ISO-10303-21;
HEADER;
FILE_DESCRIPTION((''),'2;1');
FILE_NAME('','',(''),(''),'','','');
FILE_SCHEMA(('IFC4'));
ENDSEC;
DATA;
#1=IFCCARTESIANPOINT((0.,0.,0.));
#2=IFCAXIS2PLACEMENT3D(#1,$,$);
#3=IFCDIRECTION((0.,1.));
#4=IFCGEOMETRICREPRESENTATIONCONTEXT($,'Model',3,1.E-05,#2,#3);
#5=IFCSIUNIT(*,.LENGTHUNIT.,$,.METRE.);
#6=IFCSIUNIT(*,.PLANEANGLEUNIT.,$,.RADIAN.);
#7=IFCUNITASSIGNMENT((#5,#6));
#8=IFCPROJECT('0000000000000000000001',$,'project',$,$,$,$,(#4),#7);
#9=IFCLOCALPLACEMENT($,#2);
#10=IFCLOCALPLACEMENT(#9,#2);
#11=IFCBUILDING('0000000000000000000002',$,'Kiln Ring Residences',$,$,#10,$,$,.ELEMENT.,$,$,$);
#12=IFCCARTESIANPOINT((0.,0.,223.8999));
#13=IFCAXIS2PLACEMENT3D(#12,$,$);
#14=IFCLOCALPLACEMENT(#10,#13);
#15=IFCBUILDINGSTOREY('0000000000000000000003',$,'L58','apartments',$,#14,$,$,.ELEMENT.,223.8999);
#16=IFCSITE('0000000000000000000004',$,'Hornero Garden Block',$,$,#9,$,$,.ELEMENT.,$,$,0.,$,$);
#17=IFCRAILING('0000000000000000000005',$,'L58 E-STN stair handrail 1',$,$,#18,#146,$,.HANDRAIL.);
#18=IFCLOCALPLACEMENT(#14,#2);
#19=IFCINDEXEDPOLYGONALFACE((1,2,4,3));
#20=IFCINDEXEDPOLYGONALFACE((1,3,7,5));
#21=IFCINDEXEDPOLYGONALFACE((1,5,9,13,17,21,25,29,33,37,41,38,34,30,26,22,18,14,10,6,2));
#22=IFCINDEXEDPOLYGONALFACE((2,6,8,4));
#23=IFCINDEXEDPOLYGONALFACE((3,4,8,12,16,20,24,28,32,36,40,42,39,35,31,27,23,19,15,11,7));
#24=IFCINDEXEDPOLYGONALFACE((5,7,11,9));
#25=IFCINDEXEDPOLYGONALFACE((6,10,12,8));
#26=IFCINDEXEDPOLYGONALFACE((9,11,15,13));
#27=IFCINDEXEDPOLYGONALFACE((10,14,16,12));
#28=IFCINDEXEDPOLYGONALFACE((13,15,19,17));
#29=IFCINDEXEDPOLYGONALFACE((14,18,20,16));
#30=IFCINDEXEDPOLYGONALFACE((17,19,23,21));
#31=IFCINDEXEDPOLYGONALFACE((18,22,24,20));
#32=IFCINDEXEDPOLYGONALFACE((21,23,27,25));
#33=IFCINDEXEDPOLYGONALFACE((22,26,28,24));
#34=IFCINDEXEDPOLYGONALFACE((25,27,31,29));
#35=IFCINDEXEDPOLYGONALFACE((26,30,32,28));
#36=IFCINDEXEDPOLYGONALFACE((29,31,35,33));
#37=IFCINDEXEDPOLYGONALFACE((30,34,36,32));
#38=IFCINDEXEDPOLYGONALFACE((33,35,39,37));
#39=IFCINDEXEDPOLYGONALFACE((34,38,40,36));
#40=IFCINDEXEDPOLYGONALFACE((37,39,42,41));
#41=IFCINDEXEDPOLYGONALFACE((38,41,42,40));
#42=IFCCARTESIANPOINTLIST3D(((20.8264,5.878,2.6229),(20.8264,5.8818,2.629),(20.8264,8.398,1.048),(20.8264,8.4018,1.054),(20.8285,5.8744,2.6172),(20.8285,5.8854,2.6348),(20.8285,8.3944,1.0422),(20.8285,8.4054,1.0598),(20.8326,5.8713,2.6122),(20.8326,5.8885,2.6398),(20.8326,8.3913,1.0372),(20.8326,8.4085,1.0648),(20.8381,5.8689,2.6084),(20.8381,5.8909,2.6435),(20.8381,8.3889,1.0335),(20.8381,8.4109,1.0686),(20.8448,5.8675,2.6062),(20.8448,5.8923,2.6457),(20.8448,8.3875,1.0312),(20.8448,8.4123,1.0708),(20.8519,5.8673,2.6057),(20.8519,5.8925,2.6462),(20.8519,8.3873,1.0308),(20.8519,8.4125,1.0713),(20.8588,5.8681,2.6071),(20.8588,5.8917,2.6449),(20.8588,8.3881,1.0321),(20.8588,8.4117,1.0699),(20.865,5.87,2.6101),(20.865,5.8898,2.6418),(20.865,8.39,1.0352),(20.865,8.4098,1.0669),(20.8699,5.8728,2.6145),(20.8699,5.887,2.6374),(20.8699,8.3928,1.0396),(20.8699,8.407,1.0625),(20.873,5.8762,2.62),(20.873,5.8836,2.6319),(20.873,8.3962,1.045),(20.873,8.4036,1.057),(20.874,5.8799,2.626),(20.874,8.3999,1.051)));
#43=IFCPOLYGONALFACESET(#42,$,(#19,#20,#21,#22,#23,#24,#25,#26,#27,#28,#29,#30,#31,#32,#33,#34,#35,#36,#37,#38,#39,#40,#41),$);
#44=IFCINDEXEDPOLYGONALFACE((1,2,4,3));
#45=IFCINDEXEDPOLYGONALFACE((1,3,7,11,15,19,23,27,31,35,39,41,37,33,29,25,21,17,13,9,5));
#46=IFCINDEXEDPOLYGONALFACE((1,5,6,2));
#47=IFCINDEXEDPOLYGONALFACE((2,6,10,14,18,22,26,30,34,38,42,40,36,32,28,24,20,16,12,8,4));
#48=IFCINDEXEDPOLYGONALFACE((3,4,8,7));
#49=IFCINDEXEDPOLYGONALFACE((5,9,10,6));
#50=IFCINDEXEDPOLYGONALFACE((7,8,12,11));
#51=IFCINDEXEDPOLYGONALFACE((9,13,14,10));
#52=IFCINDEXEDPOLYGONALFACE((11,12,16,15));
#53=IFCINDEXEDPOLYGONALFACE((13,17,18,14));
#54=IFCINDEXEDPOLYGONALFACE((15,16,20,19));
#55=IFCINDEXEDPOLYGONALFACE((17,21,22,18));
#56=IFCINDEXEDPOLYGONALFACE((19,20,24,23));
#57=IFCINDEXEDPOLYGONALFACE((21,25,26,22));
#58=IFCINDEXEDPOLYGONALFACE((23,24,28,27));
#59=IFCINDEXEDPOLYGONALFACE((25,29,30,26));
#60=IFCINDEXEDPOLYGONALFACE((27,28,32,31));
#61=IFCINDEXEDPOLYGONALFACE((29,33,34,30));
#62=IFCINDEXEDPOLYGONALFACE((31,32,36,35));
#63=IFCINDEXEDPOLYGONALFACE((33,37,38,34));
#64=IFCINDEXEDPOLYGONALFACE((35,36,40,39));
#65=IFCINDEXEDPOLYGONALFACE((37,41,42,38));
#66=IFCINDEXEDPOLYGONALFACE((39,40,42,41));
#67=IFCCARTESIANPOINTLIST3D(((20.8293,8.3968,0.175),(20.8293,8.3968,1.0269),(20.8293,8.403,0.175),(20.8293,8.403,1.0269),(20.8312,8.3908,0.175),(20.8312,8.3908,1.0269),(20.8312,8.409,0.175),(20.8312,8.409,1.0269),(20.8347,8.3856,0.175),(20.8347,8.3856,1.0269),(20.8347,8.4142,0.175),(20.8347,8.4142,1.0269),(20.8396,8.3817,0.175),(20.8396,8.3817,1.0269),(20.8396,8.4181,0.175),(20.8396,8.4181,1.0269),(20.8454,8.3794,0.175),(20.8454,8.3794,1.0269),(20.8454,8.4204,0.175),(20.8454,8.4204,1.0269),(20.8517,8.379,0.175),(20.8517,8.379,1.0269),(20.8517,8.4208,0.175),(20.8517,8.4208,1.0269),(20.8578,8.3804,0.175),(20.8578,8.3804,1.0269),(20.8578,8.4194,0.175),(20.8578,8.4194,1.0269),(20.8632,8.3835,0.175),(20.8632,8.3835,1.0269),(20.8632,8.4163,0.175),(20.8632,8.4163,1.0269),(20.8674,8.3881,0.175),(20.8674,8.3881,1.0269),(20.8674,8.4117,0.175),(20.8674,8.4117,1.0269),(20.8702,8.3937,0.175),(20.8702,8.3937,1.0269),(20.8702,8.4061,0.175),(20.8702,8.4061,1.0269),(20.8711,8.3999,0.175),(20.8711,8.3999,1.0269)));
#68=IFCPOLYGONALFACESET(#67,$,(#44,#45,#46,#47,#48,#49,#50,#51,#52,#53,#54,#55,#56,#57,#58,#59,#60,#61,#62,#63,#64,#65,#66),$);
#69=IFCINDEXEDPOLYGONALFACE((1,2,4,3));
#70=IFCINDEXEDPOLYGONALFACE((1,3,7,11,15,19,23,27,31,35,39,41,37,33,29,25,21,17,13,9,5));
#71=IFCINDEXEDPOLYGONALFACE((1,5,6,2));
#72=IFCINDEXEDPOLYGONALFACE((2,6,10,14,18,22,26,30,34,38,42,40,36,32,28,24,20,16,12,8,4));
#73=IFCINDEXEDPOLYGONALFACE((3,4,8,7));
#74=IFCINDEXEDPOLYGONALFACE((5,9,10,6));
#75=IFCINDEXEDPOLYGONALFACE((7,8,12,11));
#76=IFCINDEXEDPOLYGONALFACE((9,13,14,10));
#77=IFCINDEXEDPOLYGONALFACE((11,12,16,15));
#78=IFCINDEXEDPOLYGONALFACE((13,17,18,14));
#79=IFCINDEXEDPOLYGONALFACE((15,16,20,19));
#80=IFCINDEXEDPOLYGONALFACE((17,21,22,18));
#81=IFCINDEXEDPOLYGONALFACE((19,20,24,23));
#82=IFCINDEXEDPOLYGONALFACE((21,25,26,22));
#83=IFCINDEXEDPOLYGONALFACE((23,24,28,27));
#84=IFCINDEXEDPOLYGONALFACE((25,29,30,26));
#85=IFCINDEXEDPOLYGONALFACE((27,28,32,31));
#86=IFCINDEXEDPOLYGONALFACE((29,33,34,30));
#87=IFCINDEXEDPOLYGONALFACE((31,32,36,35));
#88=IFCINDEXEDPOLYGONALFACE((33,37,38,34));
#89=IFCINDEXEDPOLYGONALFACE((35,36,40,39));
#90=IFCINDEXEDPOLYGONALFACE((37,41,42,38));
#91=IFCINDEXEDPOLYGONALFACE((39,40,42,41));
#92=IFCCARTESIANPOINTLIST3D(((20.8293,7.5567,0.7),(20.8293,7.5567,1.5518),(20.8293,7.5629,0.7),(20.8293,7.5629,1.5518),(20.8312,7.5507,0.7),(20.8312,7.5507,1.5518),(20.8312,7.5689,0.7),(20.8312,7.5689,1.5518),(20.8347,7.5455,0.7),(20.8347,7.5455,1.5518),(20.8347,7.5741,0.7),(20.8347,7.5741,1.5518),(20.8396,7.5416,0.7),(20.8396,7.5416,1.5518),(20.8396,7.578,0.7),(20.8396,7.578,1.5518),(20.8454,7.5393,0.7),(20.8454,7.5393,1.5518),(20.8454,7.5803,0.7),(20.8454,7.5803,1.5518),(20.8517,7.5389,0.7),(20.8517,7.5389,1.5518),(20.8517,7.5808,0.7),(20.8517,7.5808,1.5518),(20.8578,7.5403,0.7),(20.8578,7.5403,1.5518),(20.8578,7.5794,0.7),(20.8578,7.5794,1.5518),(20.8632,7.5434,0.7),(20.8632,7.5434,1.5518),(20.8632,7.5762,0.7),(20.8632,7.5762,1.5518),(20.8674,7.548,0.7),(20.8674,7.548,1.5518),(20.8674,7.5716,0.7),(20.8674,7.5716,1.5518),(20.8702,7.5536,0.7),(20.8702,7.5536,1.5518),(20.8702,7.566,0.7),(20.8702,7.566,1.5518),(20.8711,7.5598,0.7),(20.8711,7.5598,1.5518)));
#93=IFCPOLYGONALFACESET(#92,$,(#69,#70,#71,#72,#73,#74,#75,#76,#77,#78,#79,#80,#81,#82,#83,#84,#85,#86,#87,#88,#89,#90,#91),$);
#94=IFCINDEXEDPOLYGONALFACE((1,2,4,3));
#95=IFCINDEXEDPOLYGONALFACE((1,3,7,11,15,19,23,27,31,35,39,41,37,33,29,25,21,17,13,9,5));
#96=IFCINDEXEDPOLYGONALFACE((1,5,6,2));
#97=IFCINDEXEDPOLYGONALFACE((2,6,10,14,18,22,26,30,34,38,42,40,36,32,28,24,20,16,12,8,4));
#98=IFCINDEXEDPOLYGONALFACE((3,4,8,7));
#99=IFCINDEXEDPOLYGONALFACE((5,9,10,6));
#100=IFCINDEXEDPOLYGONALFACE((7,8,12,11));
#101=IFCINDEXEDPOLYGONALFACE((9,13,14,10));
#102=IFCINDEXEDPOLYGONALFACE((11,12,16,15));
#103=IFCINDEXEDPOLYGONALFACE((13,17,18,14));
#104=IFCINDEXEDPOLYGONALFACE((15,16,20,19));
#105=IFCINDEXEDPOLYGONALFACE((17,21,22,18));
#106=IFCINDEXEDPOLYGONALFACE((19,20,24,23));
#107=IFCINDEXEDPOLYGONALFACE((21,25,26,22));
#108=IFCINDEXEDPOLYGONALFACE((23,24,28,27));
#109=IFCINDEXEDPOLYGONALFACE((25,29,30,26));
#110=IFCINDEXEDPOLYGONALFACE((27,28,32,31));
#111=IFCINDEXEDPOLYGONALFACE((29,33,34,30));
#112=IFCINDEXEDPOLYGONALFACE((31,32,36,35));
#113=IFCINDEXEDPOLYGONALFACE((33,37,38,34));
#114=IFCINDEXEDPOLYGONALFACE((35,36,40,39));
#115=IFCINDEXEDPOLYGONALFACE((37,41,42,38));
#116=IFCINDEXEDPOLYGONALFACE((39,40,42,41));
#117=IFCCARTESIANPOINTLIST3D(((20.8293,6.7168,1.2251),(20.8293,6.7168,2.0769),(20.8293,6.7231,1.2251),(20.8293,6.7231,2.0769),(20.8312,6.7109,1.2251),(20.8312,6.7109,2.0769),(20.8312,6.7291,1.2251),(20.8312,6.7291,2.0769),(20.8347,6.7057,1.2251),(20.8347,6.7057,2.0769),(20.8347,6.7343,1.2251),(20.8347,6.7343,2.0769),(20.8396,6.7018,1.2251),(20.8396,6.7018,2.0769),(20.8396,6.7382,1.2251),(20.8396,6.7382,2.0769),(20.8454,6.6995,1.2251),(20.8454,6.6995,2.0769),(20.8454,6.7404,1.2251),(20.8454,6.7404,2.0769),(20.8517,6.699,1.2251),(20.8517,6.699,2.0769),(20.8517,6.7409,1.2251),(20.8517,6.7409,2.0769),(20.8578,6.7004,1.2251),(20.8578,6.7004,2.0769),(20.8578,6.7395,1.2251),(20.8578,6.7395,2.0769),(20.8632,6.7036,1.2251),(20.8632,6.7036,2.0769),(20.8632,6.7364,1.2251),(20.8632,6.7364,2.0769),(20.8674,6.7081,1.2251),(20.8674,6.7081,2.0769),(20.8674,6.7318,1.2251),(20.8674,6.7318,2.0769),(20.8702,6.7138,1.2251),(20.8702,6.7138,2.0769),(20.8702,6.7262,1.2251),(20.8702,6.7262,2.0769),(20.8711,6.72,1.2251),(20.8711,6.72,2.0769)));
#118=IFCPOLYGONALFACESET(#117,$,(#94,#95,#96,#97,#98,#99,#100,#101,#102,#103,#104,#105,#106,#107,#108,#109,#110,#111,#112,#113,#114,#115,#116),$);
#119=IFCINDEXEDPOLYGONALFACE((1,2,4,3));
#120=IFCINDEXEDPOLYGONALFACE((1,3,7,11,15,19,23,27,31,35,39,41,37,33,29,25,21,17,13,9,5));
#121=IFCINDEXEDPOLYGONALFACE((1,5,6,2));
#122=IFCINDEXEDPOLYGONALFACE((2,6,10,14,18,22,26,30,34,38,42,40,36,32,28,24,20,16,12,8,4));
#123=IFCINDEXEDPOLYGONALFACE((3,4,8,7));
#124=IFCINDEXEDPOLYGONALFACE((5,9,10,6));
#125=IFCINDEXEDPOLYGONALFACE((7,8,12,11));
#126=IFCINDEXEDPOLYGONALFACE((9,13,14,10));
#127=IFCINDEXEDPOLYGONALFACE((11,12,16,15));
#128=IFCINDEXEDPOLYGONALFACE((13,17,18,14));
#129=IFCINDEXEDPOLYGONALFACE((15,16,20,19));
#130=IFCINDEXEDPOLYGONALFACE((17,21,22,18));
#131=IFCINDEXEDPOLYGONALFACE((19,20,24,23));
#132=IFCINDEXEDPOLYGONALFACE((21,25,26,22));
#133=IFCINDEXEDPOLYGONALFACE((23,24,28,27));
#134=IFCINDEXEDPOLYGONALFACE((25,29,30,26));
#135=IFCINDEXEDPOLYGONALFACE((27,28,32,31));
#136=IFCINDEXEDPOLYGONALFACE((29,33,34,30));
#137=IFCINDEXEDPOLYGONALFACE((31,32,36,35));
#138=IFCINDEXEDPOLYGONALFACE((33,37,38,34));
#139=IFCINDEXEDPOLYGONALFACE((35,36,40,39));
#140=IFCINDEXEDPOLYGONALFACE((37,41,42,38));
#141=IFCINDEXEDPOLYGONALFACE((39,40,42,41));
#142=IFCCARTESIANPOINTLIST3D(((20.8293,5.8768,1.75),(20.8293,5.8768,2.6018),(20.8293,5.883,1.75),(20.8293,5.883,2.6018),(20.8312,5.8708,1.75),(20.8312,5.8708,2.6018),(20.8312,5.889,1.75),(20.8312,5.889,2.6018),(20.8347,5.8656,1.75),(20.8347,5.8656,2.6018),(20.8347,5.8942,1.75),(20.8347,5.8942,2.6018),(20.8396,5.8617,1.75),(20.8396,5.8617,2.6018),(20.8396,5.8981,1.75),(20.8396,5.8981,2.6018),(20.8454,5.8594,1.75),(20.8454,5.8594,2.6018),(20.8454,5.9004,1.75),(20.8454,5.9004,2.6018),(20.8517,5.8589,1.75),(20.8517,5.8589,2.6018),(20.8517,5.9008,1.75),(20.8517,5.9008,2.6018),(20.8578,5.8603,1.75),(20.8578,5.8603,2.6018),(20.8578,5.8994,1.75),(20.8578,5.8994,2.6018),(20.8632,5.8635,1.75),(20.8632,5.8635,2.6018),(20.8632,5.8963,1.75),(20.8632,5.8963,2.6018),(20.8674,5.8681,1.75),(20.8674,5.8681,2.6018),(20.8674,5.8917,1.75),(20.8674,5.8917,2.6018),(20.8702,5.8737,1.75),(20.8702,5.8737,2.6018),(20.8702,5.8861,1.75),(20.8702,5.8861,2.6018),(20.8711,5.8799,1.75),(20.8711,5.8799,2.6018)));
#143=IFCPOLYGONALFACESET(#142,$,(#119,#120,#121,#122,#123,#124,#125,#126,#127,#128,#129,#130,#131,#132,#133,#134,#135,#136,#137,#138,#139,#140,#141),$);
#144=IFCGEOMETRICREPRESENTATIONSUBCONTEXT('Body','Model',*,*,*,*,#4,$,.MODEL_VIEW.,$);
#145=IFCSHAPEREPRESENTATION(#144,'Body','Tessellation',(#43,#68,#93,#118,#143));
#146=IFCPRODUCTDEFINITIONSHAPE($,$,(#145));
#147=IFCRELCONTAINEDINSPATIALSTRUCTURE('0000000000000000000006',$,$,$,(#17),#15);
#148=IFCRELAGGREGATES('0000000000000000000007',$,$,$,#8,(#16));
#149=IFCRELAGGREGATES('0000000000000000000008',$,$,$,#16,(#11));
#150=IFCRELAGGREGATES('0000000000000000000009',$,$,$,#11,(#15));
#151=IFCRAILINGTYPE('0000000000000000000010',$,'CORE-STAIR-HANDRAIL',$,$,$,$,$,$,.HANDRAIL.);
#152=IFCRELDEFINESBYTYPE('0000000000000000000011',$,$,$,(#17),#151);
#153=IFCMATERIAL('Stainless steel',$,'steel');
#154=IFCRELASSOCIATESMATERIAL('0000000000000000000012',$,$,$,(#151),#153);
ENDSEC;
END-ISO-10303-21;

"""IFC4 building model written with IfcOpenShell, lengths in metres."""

from ifc_helpers import new_model, si_unit, direction, frame, origin, origin_2d, place, context, subcontext, project, spatial, circle, extrude, material, type_object, element, save


model = new_model("IFC4")

# Units and contexts
model_context = context("Model", 3, precision=1e-05, world=origin(), true_north=direction((0.0, 1.0)))
body_context = subcontext(model_context, "Body", "Model", "MODEL_VIEW")
ifc_project = project(units=[si_unit("LENGTHUNIT", "METRE"), si_unit("PLANEANGLEUNIT", "RADIAN")], contexts=[model_context])

# Site, building, storey
site_placement = place(None, origin())
site = spatial("IfcSite", under=ifc_project, at=site_placement, Name="Hornero Garden Block", CompositionType="ELEMENT", RefElevation=0.0)
building_placement = place(site_placement, origin())
building = spatial("IfcBuilding", under=site, at=building_placement, Name="Kiln Ring Residences", CompositionType="ELEMENT")
storey_placement = place(building_placement, frame((0.0, 0.0, 223.8999)))
storey = spatial("IfcBuildingStorey", under=building, at=storey_placement, Name="L58", Description="apartments", CompositionType="ELEMENT", Elevation=223.8999)

# Railing
ifc_material_1 = material(Name="Stainless steel", Category="steel")
railing_type_1 = type_object("IfcRailingType", Name="CORE-STAIR-HANDRAIL", PredefinedType="HANDRAIL", material=ifc_material_1)
railing_1_placement = place(storey_placement, frame((20.8501, 8.3999, 0.175)))
element("IfcRailing", 1, at=railing_1_placement, inside=storey, type_object=railing_type_1, Name="L58 E-STN stair handrail 1", PredefinedType="HANDRAIL", context=body_context, shape_type="SweptSolid", body=[
    extrude(circle(Radius=0.0239, at=origin_2d()), frame((0.0, 0.0, 0.876), z_axis=(0.0, -0.848008, 0.529984), x_axis=(1.0, 0.0, 0.0)), (0.0, 0.0, 1.0), 2.9717),
    extrude(circle(Radius=0.021, at=origin_2d()), origin(), (0.0, 0.0, 1.0), 0.8518),
    extrude(circle(Radius=0.021, at=origin_2d()), frame((0.0, -0.8401, 0.5249)), (0.0, 0.0, 1.0), 0.8518),
    extrude(circle(Radius=0.021, at=origin_2d()), frame((0.0, -1.6799, 1.05)), (0.0, 0.0, 1.0), 0.8518),
    extrude(circle(Radius=0.021, at=origin_2d()), frame((0.0, -2.52, 1.575)), (0.0, 0.0, 1.0), 0.8518),
])

save(model, "model.ifc")
